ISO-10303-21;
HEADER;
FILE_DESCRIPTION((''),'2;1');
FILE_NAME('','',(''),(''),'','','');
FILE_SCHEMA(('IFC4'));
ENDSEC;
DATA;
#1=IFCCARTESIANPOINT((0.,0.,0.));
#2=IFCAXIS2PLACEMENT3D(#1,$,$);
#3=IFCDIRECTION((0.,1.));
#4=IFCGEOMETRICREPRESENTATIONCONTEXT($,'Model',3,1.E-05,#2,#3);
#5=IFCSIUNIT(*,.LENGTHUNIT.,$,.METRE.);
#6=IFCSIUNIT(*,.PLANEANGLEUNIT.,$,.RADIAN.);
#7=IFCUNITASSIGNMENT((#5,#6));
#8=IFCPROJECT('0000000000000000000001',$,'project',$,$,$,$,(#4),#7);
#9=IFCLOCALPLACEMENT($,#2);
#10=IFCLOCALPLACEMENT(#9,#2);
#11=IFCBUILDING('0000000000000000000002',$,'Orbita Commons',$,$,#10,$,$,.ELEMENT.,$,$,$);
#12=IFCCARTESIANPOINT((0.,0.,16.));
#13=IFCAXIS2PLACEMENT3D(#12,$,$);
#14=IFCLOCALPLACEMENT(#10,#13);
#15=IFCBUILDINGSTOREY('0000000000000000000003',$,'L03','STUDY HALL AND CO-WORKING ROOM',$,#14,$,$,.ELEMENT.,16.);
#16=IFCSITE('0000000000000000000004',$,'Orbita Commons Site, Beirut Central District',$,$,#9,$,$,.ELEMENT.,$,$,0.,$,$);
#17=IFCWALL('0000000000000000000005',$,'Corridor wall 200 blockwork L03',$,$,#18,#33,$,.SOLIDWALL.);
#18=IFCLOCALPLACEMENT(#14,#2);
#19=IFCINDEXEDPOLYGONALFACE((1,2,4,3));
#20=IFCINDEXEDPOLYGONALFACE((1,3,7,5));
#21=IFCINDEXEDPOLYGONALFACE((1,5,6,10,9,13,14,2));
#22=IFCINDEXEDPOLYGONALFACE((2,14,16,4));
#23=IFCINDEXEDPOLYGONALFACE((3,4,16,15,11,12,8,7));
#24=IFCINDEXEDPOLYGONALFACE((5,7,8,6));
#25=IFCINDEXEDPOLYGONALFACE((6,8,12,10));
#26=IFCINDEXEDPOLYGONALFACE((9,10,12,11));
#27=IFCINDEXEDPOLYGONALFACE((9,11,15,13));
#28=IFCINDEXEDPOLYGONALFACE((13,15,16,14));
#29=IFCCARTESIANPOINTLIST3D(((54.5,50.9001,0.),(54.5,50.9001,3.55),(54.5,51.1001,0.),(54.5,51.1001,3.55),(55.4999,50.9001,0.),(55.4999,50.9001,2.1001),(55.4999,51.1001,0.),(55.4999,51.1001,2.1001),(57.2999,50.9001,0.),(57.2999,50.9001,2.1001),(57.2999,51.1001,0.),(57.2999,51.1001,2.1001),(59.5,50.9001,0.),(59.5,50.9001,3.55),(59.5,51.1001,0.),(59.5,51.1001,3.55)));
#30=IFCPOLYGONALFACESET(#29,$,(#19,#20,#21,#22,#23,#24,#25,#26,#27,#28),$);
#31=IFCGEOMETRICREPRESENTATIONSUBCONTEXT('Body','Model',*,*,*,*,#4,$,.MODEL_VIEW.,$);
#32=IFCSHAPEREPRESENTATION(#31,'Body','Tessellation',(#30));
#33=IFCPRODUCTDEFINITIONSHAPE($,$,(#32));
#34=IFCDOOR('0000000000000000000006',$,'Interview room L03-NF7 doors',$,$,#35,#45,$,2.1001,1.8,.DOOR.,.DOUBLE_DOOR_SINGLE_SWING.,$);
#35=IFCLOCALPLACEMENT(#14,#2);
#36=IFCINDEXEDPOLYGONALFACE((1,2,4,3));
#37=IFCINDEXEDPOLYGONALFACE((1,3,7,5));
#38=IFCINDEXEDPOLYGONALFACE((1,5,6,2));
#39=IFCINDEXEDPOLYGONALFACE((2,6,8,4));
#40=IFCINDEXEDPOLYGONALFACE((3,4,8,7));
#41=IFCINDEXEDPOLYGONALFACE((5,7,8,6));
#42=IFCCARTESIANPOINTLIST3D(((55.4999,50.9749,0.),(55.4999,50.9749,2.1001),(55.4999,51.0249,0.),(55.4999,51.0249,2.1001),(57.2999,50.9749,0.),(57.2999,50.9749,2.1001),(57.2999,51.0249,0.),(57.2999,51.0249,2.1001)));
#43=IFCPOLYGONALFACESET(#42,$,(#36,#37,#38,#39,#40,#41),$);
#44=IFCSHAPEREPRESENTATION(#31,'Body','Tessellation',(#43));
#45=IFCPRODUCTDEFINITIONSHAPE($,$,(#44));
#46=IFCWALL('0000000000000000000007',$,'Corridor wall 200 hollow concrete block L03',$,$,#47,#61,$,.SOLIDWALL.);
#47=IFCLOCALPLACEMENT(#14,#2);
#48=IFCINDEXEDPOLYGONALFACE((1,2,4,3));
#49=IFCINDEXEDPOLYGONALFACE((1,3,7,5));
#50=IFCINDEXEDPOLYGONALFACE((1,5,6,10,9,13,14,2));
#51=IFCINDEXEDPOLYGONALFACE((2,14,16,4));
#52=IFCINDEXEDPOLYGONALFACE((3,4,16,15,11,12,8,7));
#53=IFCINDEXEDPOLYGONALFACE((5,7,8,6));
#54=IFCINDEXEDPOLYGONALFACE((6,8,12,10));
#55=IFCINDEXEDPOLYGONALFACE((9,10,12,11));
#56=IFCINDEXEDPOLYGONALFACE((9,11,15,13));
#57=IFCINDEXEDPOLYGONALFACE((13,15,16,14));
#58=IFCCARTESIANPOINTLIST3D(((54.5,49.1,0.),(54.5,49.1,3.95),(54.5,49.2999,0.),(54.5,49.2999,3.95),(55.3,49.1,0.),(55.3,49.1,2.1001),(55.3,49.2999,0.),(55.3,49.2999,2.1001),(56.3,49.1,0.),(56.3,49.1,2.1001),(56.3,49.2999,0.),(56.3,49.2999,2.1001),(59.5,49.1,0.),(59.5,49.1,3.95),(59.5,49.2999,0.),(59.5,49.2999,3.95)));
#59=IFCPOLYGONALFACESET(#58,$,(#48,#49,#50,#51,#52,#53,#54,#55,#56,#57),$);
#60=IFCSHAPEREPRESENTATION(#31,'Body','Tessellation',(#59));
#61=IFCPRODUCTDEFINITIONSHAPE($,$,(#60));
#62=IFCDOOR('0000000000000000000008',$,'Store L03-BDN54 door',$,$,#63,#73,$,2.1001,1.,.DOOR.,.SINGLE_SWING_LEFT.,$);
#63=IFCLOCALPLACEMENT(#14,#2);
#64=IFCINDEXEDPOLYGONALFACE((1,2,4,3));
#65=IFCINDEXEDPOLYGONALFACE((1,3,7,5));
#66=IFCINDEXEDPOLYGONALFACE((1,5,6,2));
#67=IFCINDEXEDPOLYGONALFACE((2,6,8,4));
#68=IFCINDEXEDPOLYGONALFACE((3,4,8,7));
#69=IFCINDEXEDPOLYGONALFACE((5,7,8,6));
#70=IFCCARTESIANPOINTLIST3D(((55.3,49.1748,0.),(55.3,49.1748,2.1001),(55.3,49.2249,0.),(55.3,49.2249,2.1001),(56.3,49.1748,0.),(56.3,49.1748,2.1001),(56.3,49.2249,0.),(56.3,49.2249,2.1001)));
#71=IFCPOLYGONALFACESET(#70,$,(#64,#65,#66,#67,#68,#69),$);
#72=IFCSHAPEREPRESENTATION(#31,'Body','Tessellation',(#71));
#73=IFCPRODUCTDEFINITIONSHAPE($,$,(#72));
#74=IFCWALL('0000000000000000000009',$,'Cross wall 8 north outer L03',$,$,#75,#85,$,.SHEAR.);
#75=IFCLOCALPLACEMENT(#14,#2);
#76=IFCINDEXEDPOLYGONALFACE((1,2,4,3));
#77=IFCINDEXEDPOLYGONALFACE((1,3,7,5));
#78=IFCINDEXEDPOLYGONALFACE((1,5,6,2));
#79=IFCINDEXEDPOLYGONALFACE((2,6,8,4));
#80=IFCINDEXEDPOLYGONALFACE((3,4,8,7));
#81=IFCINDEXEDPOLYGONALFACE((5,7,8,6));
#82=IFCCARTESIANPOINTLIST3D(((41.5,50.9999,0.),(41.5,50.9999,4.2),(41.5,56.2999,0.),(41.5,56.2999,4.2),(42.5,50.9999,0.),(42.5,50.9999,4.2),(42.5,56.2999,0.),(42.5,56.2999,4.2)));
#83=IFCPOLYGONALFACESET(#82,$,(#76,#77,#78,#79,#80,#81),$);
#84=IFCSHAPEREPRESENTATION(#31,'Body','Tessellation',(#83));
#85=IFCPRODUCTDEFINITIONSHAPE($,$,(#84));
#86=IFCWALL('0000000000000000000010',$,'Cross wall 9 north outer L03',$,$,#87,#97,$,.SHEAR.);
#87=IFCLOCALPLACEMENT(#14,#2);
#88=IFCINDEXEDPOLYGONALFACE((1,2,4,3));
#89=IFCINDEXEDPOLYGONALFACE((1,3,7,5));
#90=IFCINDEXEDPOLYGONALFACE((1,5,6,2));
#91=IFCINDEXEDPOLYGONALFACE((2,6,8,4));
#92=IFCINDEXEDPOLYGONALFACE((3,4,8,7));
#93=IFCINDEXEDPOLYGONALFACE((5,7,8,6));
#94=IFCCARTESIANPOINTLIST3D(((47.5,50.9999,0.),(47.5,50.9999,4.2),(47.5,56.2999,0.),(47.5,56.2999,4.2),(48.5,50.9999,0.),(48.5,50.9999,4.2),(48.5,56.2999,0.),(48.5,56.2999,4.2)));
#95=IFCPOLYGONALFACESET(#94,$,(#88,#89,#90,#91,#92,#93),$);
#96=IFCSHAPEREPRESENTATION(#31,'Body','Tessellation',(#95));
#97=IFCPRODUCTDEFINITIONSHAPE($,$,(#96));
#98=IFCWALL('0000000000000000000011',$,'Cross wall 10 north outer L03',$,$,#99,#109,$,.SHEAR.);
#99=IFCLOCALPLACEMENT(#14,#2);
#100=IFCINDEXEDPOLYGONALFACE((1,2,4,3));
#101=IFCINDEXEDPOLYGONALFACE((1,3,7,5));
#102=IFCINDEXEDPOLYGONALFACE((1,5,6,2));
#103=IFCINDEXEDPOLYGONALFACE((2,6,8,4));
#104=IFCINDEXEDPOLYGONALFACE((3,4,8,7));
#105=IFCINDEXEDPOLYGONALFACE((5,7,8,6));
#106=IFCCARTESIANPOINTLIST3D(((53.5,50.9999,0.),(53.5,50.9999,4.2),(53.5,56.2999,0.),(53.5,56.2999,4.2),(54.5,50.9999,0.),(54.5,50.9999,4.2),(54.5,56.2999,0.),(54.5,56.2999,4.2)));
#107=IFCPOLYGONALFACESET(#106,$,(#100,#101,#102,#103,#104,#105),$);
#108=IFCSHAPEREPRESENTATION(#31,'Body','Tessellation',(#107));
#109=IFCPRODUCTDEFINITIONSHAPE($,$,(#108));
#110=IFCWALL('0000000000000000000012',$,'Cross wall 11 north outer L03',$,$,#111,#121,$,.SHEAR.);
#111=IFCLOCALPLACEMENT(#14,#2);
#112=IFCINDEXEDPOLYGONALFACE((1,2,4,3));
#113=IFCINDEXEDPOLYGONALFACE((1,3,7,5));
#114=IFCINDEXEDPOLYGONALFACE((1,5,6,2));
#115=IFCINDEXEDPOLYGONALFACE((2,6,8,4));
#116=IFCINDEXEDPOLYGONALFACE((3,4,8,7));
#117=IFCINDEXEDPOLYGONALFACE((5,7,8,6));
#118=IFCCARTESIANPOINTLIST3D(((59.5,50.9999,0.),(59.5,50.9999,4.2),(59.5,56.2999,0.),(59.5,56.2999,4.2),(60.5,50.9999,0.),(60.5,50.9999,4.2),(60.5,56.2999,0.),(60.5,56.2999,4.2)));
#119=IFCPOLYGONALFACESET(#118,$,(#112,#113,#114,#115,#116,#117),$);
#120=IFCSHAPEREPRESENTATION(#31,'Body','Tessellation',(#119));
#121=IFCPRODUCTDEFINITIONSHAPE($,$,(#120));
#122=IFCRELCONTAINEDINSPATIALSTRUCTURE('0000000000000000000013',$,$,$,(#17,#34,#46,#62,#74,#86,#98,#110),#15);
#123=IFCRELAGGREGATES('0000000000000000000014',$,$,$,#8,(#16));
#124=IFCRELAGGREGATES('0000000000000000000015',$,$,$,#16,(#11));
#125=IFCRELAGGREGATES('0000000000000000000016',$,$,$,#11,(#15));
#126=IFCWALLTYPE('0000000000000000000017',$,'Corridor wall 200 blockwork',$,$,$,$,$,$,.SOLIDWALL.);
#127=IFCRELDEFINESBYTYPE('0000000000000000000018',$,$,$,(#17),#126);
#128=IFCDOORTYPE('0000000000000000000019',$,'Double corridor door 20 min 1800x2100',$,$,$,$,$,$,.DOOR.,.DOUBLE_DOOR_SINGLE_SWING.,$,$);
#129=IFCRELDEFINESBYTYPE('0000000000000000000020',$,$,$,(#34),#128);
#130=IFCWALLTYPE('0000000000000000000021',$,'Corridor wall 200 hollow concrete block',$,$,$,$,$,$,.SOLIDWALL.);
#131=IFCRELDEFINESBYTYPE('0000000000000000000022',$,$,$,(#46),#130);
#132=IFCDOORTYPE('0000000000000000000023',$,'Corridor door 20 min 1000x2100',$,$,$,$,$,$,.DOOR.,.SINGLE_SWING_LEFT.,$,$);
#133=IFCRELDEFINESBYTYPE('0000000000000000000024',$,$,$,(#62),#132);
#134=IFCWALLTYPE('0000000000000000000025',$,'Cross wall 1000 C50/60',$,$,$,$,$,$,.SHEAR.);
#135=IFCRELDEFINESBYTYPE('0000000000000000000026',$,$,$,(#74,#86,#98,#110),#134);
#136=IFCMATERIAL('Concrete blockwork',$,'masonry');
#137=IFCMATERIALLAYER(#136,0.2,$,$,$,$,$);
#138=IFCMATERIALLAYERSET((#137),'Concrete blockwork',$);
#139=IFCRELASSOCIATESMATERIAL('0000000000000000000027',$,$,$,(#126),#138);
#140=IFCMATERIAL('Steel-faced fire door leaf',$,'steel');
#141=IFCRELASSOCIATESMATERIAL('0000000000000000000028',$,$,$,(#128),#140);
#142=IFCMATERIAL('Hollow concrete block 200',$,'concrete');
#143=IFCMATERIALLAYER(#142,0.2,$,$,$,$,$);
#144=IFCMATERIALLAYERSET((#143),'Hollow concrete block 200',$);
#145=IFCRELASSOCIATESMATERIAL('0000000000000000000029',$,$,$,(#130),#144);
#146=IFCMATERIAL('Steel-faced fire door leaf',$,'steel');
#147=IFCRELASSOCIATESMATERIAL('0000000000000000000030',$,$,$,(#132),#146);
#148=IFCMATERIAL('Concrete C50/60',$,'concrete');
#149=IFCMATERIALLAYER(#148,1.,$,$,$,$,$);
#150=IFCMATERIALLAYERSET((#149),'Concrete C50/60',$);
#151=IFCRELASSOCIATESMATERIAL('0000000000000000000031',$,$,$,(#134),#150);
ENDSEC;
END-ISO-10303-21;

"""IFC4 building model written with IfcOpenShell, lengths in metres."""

from ifc_helpers import new_model, si_unit, direction, frame, frame_2d, origin, place, context, subcontext, project, spatial, polyline, rectangle, outline, extrude, material, layer, layer_set, type_object, element, fill, save


model = new_model("IFC4")

# Units and contexts
model_context = context("Model", 3, precision=1e-05, world=origin(), true_north=direction((0.0, 1.0)))
body_context = subcontext(model_context, "Body", "Model", "MODEL_VIEW")
ifc_project = project(units=[si_unit("LENGTHUNIT", "METRE"), si_unit("PLANEANGLEUNIT", "RADIAN")], contexts=[model_context])

# Site, building, storey
site_placement = place(None, origin())
site = spatial("IfcSite", under=ifc_project, at=site_placement, Name="Orbita Commons Site, Beirut Central District", CompositionType="ELEMENT", RefElevation=0.0)
building_placement = place(site_placement, origin())
building = spatial("IfcBuilding", under=site, at=building_placement, Name="Orbita Commons", CompositionType="ELEMENT")
storey_placement = place(building_placement, frame((0.0, 0.0, 16.0)))
storey = spatial("IfcBuildingStorey", under=building, at=storey_placement, Name="L03", Description="STUDY HALL AND CO-WORKING ROOM", CompositionType="ELEMENT", Elevation=16.0)

# Walls, openings, doors
ifc_material_1 = material(Name="Concrete blockwork", Category="masonry")
ifc_layer_1 = layer(ifc_material_1, 0.2)
ifc_layer_set_1 = layer_set([ifc_layer_1], Name="Concrete blockwork")
wall_type_1 = type_object("IfcWallType", Name="Corridor wall 200 blockwork", PredefinedType="SOLIDWALL", material=ifc_layer_set_1)
ifc_material_2 = material(Name="Steel-faced fire door leaf", Category="steel")
door_type_1 = type_object("IfcDoorType", Name="Double corridor door 20 min 1800x2100", OperationType="DOUBLE_DOOR_SINGLE_SWING", PredefinedType="DOOR", material=ifc_material_2)
wall_1_placement = place(storey_placement, frame((54.5, 51.0, 0.0), z_axis=(0.0, 0.0, 1.0), x_axis=(1.0, 0.0, 0.0)))
wall_1 = element("IfcWall", 1, at=wall_1_placement, inside=storey, type_object=wall_type_1, Name="Corridor wall 200 blockwork L03", PredefinedType="SOLIDWALL", context=body_context, shape_type="SweptSolid", body=[
    extrude(outline(polyline([(0.0, 0.0), (5.0, 0.0), (5.0, 3.55), (0.0, 3.55), (0.0, 0.0)])), frame((0.0, 0.1001, 0.0), z_axis=(0.0, -1.0, 0.0), x_axis=(1.0, 0.0, 0.0)), (0.0, 0.0, 1.0), 0.2),
])
opening_1_placement = place(wall_1_placement, frame((1.0, 0.0, 0.0)))
opening_1 = element("IfcOpeningElement", 2, at=opening_1_placement, cuts=wall_1, PredefinedType="OPENING", context=body_context, shape_type="SweptSolid", body=[
    extrude(rectangle(XDim=1.8, YDim=2.1001, at=frame_2d((0.8999, 1.05))), frame((0.0, 0.1099, 0.0), z_axis=(0.0, -1.0, 0.0), x_axis=(1.0, 0.0, 0.0)), (0.0, 0.0, 1.0), 0.22),
])
door_1_placement = place(opening_1_placement, origin())
door_1 = element("IfcDoor", 3, at=door_1_placement, inside=storey, type_object=door_type_1, Name="Interview room L03-NF7 doors", OperationType="DOUBLE_DOOR_SINGLE_SWING", OverallHeight=2.1001, OverallWidth=1.8, PredefinedType="DOOR", context=body_context, shape_type="SweptSolid", body=[
    extrude(rectangle(XDim=1.8, YDim=2.1001, at=frame_2d((0.8999, 1.05))), frame((0.0, 0.0249, 0.0), z_axis=(0.0, -1.0, 0.0), x_axis=(1.0, 0.0, 0.0)), (0.0, 0.0, 1.0), 0.05),
])
fill(opening_1, door_1)
ifc_material_3 = material(Name="Hollow concrete block 200", Category="concrete")
ifc_layer_2 = layer(ifc_material_3, 0.2)
ifc_layer_set_2 = layer_set([ifc_layer_2], Name="Hollow concrete block 200")
wall_type_2 = type_object("IfcWallType", Name="Corridor wall 200 hollow concrete block", PredefinedType="SOLIDWALL", material=ifc_layer_set_2)
wall_2_placement = place(storey_placement, frame((54.5, 49.2, 0.0), z_axis=(0.0, 0.0, 1.0), x_axis=(1.0, 0.0, 0.0)))
wall_2 = element("IfcWall", 4, at=wall_2_placement, inside=storey, type_object=wall_type_2, Name="Corridor wall 200 hollow concrete block L03", PredefinedType="SOLIDWALL", context=body_context, shape_type="SweptSolid", body=[
    extrude(rectangle(XDim=5.0, YDim=0.2, at=frame_2d((2.5, 0.0))), origin(), (0.0, 0.0, 1.0), 3.95),
])
opening_2_placement = place(wall_2_placement, frame((0.8, 0.0, 0.0)))
opening_2 = element("IfcOpeningElement", 5, at=opening_2_placement, cuts=wall_2, PredefinedType="OPENING", context=body_context, shape_type="SweptSolid", body=[
    extrude(rectangle(XDim=1.0, YDim=2.1001, at=frame_2d((0.5, 1.05))), frame((0.0, 0.1099, 0.0), z_axis=(0.0, -1.0, 0.0), x_axis=(1.0, 0.0, 0.0)), (0.0, 0.0, 1.0), 0.22),
])
ifc_material_4 = material(Name="Steel-faced fire door leaf", Category="steel")
door_type_2 = type_object("IfcDoorType", Name="Corridor door 20 min 1000x2100", OperationType="SINGLE_SWING_LEFT", PredefinedType="DOOR", material=ifc_material_4)
door_2_placement = place(opening_2_placement, origin())
door_2 = element("IfcDoor", 6, at=door_2_placement, inside=storey, type_object=door_type_2, Name="Store L03-BDN54 door", OperationType="SINGLE_SWING_LEFT", OverallHeight=2.1001, OverallWidth=1.0, PredefinedType="DOOR", context=body_context, shape_type="SweptSolid", body=[
    extrude(rectangle(XDim=1.0, YDim=2.1001, at=frame_2d((0.5, 1.05))), frame((0.0, 0.0249, 0.0), z_axis=(0.0, -1.0, 0.0), x_axis=(1.0, 0.0, 0.0)), (0.0, 0.0, 1.0), 0.05),
])
fill(opening_2, door_2)

# Walls
ifc_material_5 = material(Name="Concrete C50/60", Category="concrete")
ifc_layer_3 = layer(ifc_material_5, 1.0)
ifc_layer_set_3 = layer_set([ifc_layer_3], Name="Concrete C50/60")
wall_type_3 = type_object("IfcWallType", Name="Cross wall 1000 C50/60", PredefinedType="SHEAR", material=ifc_layer_set_3)
for number, where, z_axis, x_axis, name in (
    (7, (42.0, 51.0, 0.0), (0.0, 0.0, 1.0), (0.0, 1.0, 0.0), "Cross wall 8 north outer L03"),
    (8, (48.0, 51.0, 0.0), (0.0, 0.0, 1.0), (0.0, 1.0, 0.0), "Cross wall 9 north outer L03"),
    (9, (54.0, 51.0, 0.0), (0.0, 0.0, 1.0), (0.0, 1.0, 0.0), "Cross wall 10 north outer L03"),
    (10, (60.0, 51.0, 0.0), (0.0, 0.0, 1.0), (0.0, 1.0, 0.0), "Cross wall 11 north outer L03"),
):
    element("IfcWall", number, at=place(storey_placement, frame(where, z_axis=z_axis, x_axis=x_axis)), inside=storey, type_object=wall_type_3, Name=name, PredefinedType="SHEAR", context=body_context, shape_type="SweptSolid", body=[
        extrude(rectangle(XDim=5.3, YDim=1.0, at=frame_2d((2.6499, 0.0))), origin(), (0.0, 0.0, 1.0), 4.2),
    ])

save(model, "model.ifc")
